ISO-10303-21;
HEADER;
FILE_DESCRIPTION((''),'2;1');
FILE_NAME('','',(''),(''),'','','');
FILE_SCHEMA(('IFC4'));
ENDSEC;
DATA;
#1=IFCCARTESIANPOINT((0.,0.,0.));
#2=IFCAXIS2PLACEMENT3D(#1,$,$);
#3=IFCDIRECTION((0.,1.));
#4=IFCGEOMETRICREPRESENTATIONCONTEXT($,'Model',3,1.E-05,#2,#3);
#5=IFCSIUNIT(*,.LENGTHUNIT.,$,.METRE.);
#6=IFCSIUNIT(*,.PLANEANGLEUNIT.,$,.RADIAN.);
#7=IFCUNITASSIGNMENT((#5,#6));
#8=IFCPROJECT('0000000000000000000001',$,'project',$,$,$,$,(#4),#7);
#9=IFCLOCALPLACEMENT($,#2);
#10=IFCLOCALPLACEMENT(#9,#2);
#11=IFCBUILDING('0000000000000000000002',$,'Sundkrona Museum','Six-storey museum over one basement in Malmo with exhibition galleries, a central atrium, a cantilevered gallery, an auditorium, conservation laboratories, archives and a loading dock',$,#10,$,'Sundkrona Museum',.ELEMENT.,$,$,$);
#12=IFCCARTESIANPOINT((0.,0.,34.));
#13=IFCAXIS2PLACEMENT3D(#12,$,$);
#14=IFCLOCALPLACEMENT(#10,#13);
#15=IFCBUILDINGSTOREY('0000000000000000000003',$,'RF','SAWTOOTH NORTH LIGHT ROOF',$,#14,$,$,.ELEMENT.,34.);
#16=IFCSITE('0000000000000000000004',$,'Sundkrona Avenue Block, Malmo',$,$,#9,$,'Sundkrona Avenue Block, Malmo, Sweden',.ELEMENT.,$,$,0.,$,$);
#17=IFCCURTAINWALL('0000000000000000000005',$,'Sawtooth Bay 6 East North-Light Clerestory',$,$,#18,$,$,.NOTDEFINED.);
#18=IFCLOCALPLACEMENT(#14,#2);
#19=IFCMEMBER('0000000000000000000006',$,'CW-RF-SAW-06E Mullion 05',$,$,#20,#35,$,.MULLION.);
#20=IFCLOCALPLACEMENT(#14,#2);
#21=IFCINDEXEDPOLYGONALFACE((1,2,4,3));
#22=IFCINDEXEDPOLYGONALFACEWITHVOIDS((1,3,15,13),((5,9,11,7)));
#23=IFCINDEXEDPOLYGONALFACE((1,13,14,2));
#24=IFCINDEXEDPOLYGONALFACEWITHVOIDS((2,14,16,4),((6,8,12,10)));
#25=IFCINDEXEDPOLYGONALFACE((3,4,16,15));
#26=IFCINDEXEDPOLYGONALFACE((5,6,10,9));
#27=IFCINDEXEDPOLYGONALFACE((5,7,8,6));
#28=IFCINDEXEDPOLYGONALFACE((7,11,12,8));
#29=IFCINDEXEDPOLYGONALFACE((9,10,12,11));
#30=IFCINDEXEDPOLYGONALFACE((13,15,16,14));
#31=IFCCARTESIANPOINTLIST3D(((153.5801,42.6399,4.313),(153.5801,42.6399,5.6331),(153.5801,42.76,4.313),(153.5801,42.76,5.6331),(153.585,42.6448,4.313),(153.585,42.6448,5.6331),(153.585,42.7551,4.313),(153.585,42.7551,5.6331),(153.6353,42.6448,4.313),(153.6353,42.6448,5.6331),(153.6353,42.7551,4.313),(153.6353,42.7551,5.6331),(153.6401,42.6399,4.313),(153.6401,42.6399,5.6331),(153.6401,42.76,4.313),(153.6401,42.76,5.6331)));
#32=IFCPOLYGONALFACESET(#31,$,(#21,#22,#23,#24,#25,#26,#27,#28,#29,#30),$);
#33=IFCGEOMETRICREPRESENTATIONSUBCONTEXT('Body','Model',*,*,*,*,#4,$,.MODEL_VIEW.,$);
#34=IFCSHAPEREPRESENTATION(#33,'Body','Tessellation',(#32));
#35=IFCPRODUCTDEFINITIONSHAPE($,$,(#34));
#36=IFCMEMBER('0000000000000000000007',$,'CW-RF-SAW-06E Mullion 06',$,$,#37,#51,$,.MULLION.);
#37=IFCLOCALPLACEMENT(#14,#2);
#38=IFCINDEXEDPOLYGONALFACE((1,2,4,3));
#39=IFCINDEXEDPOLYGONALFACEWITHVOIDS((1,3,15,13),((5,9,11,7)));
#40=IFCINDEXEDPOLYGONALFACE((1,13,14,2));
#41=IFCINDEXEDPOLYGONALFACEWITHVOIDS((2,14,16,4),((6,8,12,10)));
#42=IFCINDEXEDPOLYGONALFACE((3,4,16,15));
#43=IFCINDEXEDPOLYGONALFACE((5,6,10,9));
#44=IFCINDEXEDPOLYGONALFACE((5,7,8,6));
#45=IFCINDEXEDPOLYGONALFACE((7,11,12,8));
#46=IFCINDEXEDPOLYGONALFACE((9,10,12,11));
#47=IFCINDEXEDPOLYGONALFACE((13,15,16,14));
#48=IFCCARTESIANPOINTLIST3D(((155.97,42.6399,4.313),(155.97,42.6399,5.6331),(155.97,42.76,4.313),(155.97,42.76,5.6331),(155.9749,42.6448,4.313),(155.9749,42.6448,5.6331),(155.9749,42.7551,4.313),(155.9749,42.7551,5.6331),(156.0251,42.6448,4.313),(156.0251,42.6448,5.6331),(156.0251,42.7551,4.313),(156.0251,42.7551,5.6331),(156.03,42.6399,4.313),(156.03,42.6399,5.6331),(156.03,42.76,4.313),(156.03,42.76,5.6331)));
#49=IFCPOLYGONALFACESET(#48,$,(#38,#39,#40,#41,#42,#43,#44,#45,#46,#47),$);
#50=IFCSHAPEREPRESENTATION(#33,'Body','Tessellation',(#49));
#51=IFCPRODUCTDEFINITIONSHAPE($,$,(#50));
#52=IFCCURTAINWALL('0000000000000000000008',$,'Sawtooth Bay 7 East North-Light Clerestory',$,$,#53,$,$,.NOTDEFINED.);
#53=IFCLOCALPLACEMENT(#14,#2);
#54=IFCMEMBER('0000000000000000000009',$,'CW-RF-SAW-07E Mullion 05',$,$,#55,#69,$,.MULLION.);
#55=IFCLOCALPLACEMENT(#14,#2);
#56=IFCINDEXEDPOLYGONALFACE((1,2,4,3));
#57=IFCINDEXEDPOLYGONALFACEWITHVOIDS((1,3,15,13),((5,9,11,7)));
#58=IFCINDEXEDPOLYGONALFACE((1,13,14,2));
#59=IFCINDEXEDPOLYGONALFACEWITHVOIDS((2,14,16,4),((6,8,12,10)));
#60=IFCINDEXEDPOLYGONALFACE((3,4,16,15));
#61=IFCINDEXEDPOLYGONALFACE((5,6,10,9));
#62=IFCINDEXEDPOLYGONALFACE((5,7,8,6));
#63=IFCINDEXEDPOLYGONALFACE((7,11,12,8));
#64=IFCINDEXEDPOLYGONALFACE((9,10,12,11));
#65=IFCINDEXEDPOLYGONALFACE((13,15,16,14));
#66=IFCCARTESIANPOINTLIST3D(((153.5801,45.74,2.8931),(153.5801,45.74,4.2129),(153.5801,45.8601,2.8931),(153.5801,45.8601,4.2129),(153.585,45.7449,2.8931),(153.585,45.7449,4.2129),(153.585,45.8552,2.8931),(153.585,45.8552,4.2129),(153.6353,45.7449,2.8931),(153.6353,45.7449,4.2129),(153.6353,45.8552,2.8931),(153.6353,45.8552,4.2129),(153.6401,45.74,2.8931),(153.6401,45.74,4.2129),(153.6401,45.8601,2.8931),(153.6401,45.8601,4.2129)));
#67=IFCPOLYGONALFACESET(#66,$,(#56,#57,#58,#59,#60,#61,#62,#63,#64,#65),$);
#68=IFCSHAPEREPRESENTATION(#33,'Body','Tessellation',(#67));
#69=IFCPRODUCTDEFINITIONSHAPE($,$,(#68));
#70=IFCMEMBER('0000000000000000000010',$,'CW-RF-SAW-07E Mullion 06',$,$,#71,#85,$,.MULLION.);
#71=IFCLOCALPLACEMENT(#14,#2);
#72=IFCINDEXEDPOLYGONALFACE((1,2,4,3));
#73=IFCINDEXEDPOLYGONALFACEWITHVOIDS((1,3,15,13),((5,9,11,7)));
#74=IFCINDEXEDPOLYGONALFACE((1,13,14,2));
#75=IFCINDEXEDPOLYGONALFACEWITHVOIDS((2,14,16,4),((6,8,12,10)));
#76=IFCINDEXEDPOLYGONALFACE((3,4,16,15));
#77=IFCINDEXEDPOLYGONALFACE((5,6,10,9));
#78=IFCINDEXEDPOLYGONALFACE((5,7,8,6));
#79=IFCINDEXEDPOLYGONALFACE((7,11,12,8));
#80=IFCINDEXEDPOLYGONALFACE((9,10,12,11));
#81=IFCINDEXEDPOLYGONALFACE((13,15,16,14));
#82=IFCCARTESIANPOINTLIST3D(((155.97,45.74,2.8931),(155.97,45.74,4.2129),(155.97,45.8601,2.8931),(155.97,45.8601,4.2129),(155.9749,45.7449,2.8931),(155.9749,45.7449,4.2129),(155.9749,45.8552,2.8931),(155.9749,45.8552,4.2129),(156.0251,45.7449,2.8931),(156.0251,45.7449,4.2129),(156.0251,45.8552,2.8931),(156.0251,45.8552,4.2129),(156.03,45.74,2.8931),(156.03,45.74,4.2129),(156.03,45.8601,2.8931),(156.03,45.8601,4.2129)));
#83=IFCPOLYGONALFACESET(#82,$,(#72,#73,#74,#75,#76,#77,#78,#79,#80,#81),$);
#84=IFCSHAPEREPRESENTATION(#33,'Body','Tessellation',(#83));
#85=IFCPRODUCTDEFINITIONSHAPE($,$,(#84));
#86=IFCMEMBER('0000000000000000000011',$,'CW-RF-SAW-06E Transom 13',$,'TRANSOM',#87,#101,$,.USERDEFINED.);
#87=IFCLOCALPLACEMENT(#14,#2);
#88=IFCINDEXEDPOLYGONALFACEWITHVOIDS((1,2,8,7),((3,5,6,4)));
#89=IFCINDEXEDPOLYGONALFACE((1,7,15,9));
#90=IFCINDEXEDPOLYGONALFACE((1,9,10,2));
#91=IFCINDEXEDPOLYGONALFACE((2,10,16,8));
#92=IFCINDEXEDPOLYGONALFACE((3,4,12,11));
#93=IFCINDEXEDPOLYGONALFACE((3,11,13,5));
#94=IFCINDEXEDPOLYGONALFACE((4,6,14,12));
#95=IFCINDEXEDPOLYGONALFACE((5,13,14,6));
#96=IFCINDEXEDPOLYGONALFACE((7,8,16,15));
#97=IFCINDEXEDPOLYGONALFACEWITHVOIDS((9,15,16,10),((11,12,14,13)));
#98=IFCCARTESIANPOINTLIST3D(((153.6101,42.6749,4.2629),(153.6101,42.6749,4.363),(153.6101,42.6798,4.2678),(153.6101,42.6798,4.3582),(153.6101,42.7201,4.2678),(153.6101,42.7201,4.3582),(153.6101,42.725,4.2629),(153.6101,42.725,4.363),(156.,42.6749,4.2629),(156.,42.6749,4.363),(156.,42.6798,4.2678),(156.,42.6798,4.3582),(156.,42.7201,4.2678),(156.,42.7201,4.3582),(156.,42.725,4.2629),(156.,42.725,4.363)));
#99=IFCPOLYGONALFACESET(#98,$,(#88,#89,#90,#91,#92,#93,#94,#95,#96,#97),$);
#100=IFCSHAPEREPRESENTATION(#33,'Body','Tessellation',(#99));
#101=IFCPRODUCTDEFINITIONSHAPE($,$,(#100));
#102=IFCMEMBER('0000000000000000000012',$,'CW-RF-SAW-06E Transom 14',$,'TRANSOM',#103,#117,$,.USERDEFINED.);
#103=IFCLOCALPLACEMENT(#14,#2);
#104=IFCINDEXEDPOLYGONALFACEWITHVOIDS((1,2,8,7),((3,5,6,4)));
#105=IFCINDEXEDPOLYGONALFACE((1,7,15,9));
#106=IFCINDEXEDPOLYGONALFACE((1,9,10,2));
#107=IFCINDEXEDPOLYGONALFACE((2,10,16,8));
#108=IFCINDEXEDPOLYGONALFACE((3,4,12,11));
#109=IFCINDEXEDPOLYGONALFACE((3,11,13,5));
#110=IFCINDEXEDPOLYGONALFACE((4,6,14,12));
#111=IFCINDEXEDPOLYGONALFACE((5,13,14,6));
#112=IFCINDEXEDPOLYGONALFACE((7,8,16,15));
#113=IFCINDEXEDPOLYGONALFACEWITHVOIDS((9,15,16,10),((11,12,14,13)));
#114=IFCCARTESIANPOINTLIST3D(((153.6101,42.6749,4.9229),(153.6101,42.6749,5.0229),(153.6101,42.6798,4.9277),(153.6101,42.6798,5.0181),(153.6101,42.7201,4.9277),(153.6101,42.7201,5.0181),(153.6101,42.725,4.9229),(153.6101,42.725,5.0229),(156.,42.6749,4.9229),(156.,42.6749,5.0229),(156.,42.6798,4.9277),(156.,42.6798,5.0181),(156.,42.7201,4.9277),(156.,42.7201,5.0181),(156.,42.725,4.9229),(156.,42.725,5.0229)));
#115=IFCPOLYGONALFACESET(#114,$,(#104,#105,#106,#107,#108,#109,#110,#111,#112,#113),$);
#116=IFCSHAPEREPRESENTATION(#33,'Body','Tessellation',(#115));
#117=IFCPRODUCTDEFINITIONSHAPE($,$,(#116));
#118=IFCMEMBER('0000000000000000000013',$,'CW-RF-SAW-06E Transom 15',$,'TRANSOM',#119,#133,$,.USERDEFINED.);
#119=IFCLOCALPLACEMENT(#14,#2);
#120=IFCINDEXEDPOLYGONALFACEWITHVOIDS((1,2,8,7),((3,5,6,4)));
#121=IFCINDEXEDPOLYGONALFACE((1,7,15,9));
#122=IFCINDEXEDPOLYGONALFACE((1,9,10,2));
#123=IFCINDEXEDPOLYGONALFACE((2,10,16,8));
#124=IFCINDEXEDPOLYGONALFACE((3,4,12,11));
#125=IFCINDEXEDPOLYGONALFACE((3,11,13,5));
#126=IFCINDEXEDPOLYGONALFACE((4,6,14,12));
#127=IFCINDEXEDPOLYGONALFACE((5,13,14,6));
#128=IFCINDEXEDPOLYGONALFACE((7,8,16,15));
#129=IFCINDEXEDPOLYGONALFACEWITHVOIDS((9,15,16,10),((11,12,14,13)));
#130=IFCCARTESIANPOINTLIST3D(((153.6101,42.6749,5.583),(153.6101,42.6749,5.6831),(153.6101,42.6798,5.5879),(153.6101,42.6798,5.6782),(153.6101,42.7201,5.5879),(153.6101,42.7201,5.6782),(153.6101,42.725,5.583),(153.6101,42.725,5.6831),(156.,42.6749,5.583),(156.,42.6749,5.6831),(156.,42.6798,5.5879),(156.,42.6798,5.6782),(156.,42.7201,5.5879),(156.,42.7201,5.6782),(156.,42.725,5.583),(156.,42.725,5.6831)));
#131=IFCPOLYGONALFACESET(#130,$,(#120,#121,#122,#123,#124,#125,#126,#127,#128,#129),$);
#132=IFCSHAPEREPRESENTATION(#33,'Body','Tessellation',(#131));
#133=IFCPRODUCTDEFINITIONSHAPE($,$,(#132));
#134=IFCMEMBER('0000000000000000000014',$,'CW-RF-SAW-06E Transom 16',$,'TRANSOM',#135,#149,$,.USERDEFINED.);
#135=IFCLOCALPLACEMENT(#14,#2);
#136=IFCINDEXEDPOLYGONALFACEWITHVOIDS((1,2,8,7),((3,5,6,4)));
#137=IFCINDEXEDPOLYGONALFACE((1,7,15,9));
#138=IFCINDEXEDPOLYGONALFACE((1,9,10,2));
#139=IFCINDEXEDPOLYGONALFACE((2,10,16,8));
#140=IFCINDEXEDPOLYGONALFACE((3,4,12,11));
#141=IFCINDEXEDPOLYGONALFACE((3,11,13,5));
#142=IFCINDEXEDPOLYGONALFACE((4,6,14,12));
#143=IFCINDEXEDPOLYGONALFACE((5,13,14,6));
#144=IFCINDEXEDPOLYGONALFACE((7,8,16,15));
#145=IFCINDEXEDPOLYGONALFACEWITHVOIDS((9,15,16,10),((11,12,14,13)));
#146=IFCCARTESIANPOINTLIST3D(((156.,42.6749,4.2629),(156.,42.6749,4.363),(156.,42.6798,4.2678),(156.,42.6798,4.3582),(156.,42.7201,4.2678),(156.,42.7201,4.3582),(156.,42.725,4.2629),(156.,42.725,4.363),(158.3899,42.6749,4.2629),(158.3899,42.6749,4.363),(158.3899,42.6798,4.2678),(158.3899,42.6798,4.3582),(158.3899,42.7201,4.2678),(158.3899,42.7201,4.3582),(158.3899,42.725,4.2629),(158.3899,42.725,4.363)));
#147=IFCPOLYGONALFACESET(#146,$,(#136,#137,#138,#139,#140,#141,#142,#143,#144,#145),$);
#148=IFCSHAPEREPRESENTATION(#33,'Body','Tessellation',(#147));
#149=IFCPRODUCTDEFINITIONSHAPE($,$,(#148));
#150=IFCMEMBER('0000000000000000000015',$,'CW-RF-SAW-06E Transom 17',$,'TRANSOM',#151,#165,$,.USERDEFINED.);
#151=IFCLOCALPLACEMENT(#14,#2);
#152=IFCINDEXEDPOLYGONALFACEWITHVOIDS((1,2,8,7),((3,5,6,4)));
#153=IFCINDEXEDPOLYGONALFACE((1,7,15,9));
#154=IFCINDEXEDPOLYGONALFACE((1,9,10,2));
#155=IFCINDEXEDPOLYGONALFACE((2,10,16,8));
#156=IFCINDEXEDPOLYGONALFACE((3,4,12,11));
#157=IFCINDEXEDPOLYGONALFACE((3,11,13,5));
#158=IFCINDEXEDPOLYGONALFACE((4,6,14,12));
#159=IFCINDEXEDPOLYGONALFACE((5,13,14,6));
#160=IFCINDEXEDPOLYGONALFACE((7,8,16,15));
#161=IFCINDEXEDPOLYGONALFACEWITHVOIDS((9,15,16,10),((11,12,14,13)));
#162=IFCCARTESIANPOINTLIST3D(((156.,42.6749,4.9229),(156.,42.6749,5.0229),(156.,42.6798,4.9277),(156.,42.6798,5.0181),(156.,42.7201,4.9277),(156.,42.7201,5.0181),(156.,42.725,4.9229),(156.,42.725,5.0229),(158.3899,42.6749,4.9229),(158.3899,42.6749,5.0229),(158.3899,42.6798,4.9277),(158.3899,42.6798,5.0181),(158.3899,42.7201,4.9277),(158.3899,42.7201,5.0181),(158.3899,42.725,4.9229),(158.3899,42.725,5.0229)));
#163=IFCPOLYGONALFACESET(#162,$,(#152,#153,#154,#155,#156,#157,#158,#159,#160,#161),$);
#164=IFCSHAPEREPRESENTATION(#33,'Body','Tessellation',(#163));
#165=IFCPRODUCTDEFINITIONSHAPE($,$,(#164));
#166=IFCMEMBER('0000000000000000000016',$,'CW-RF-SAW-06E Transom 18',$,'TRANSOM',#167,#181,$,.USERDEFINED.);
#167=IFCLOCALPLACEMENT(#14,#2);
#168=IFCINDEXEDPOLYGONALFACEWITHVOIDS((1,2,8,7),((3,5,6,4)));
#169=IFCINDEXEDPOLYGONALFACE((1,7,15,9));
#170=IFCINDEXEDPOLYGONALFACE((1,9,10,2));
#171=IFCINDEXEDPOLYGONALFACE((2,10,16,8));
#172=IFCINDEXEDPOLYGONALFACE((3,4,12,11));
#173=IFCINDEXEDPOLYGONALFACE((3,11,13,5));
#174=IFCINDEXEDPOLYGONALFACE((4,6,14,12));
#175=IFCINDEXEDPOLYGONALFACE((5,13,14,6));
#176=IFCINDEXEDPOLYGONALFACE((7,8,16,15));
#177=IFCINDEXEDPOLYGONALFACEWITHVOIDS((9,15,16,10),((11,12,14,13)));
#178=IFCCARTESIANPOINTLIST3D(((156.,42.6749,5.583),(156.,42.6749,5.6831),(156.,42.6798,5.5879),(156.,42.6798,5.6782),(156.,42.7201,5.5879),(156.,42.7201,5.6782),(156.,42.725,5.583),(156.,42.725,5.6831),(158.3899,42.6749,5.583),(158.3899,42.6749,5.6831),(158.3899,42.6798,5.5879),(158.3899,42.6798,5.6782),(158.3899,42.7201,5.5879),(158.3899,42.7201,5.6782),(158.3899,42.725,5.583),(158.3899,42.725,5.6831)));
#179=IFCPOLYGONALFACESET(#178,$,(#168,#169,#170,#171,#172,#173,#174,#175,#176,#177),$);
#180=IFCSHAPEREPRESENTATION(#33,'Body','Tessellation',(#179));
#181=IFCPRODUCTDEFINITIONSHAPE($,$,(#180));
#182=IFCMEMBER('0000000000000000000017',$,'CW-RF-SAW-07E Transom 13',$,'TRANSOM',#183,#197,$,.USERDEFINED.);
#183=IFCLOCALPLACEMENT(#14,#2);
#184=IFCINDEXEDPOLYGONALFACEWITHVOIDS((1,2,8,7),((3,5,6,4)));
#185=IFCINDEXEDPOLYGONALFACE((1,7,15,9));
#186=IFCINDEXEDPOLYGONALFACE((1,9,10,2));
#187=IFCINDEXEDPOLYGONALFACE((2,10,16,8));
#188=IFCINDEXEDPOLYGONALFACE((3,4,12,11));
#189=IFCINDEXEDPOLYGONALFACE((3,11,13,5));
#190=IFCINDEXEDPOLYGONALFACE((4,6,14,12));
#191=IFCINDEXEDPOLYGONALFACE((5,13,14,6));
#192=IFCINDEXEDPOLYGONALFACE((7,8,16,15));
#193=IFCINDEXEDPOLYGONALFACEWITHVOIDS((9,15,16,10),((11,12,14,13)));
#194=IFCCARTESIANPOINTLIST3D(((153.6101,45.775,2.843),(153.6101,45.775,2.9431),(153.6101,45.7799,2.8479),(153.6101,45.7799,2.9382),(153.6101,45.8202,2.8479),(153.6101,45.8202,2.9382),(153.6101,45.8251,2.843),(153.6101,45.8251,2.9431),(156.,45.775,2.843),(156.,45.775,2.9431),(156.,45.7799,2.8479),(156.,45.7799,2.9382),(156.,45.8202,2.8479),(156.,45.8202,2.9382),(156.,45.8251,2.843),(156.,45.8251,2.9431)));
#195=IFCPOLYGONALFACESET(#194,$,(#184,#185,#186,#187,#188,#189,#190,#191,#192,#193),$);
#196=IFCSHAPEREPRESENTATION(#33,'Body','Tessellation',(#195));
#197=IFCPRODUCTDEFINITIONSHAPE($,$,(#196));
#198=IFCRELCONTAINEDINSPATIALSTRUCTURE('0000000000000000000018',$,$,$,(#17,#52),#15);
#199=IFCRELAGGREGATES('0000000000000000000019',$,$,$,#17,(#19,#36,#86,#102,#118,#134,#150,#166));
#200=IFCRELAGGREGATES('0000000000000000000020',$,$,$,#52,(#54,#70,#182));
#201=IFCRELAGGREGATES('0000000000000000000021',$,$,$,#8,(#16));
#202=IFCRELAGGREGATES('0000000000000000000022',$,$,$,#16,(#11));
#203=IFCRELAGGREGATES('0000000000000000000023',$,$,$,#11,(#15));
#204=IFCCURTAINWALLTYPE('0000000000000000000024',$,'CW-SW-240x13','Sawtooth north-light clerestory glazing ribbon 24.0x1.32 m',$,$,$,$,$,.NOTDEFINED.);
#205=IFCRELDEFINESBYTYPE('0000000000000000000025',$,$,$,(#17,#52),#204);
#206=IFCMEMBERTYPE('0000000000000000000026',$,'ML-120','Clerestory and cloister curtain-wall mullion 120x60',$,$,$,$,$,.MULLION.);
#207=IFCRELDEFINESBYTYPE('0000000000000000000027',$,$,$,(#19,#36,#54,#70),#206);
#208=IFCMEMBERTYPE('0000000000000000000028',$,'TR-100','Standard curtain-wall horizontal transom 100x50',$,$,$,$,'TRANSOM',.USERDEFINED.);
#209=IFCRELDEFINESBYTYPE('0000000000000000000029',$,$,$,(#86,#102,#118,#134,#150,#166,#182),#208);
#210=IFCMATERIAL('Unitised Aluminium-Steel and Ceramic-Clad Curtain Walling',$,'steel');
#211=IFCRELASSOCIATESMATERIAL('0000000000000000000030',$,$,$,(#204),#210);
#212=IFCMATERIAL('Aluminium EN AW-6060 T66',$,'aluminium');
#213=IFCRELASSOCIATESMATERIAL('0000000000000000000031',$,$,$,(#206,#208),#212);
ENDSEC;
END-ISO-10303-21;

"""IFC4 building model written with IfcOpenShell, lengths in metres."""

from ifc_helpers import new_model, si_unit, direction, frame, origin, origin_2d, place, context, subcontext, project, spatial, hollow_rectangle, extrude, material, material_profile, profile_set, type_object, element, aggregate, save


model = new_model("IFC4")

# Units and contexts
model_context = context("Model", 3, precision=1e-05, world=origin(), true_north=direction((0.0, 1.0)))
body_context = subcontext(model_context, "Body", "Model", "MODEL_VIEW")
ifc_project = project(units=[si_unit("LENGTHUNIT", "METRE"), si_unit("PLANEANGLEUNIT", "RADIAN")], contexts=[model_context])

# Site, building, storey
site_placement = place(None, origin())
site = spatial("IfcSite", under=ifc_project, at=site_placement, Name="Sundkrona Avenue Block, Malmo", LongName="Sundkrona Avenue Block, Malmo, Sweden", CompositionType="ELEMENT", RefElevation=0.0)
building_placement = place(site_placement, origin())
building = spatial("IfcBuilding", under=site, at=building_placement, Name="Sundkrona Museum", Description="Six-storey museum over one basement in Malmo with exhibition galleries, a central atrium, a cantilevered gallery, an auditorium, conservation laboratories, archives and a loading dock", LongName="Sundkrona Museum", CompositionType="ELEMENT")
storey_placement = place(building_placement, frame((0.0, 0.0, 34.0)))
storey = spatial("IfcBuildingStorey", under=building, at=storey_placement, Name="RF", Description="SAWTOOTH NORTH LIGHT ROOF", CompositionType="ELEMENT", Elevation=34.0)

# Curtain walls, members
ifc_material_1 = material(Name="Unitised Aluminium-Steel and Ceramic-Clad Curtain Walling", Category="steel")
curtain_wall_type = type_object("IfcCurtainWallType", Name="CW-SW-240x13", Description="Sawtooth north-light clerestory glazing ribbon 24.0x1.32 m", PredefinedType="NOTDEFINED", material=ifc_material_1)
curtain_wall_1_placement = place(storey_placement, origin())
curtain_wall_1 = element("IfcCurtainWall", 1, at=curtain_wall_1_placement, inside=storey, type_object=curtain_wall_type, Name="Sawtooth Bay 6 East North-Light Clerestory", PredefinedType="NOTDEFINED")
ifc_material_2 = material(Name="Aluminium EN AW-6060 T66", Category="aluminium")
ifc_material_profile_1 = material_profile(ifc_material_2, hollow_rectangle(XDim=0.0601, YDim=0.1201, WallThickness=0.0049, at=origin_2d()), Name="RHS 120x60x5.0")
ifc_profile_set_1 = profile_set([ifc_material_profile_1], Name="Aluminium EN AW-6060 T66")
member_type_1 = type_object("IfcMemberType", Name="ML-120", Description="Clerestory and cloister curtain-wall mullion 120x60", PredefinedType="MULLION", material=ifc_profile_set_1)
member_1_placement = place(storey_placement, frame((153.6101, 42.7, 4.313), z_axis=(0.0, 0.0, 1.0), x_axis=(1.0, 0.0, 0.0)))
member_1 = element("IfcMember", 2, at=member_1_placement, type_object=member_type_1, Name="CW-RF-SAW-06E Mullion 05", PredefinedType="MULLION", context=body_context, shape_type="SweptSolid", body=[
    extrude(hollow_rectangle(XDim=0.0601, YDim=0.1201, WallThickness=0.0049, at=origin_2d()), origin(), (0.0, 0.0, 1.0), 1.3201),
])
member_2_placement = place(storey_placement, frame((156.0, 42.7, 4.313), z_axis=(0.0, 0.0, 1.0), x_axis=(1.0, 0.0, 0.0)))
member_2 = element("IfcMember", 3, at=member_2_placement, type_object=member_type_1, Name="CW-RF-SAW-06E Mullion 06", PredefinedType="MULLION", context=body_context, shape_type="SweptSolid", body=[
    extrude(hollow_rectangle(XDim=0.0601, YDim=0.1201, WallThickness=0.0049, at=origin_2d()), origin(), (0.0, 0.0, 1.0), 1.3201),
])
curtain_wall_2_placement = place(storey_placement, origin())
curtain_wall_2 = element("IfcCurtainWall", 4, at=curtain_wall_2_placement, inside=storey, type_object=curtain_wall_type, Name="Sawtooth Bay 7 East North-Light Clerestory", PredefinedType="NOTDEFINED")
member_3_placement = place(storey_placement, frame((153.6101, 45.8, 2.8931), z_axis=(0.0, 0.0, 1.0), x_axis=(1.0, 0.0, 0.0)))
member_3 = element("IfcMember", 5, at=member_3_placement, type_object=member_type_1, Name="CW-RF-SAW-07E Mullion 05", PredefinedType="MULLION", context=body_context, shape_type="SweptSolid", body=[
    extrude(hollow_rectangle(XDim=0.0601, YDim=0.1201, WallThickness=0.0049, at=origin_2d()), origin(), (0.0, 0.0, 1.0), 1.3198),
])
member_4_placement = place(storey_placement, frame((156.0, 45.8, 2.8931), z_axis=(0.0, 0.0, 1.0), x_axis=(1.0, 0.0, 0.0)))
member_4 = element("IfcMember", 6, at=member_4_placement, type_object=member_type_1, Name="CW-RF-SAW-07E Mullion 06", PredefinedType="MULLION", context=body_context, shape_type="SweptSolid", body=[
    extrude(hollow_rectangle(XDim=0.0601, YDim=0.1201, WallThickness=0.0049, at=origin_2d()), origin(), (0.0, 0.0, 1.0), 1.3198),
])

# Members
ifc_material_profile_2 = material_profile(ifc_material_2, hollow_rectangle(XDim=0.05, YDim=0.1001, WallThickness=0.0049, at=origin_2d()), Name="RHS 100x50x5.0")
ifc_profile_set_2 = profile_set([ifc_material_profile_2], Name="Aluminium EN AW-6060 T66")
member_type_2 = type_object("IfcMemberType", Name="TR-100", Description="Standard curtain-wall horizontal transom 100x50", ElementType="TRANSOM", PredefinedType="USERDEFINED", material=ifc_profile_set_2)
member_5_placement = place(storey_placement, frame((153.6101, 42.7, 4.313), z_axis=(1.0, 0.0, 0.0), x_axis=(0.0, 1.0, 0.0)))
member_5 = element("IfcMember", 7, at=member_5_placement, type_object=member_type_2, Name="CW-RF-SAW-06E Transom 13", ObjectType="TRANSOM", PredefinedType="USERDEFINED", context=body_context, shape_type="SweptSolid", body=[
    extrude(hollow_rectangle(XDim=0.05, YDim=0.1001, WallThickness=0.0049, at=origin_2d()), origin(), (0.0, 0.0, 1.0), 2.3899),
])
member_6_placement = place(storey_placement, frame((153.6101, 42.7, 4.9729), z_axis=(1.0, 0.0, 0.0), x_axis=(0.0, 1.0, 0.0)))
member_6 = element("IfcMember", 8, at=member_6_placement, type_object=member_type_2, Name="CW-RF-SAW-06E Transom 14", ObjectType="TRANSOM", PredefinedType="USERDEFINED", context=body_context, shape_type="SweptSolid", body=[
    extrude(hollow_rectangle(XDim=0.05, YDim=0.1001, WallThickness=0.0049, at=origin_2d()), origin(), (0.0, 0.0, 1.0), 2.3899),
])
member_7_placement = place(storey_placement, frame((153.6101, 42.7, 5.6331), z_axis=(1.0, 0.0, 0.0), x_axis=(0.0, 1.0, 0.0)))
member_7 = element("IfcMember", 9, at=member_7_placement, type_object=member_type_2, Name="CW-RF-SAW-06E Transom 15", ObjectType="TRANSOM", PredefinedType="USERDEFINED", context=body_context, shape_type="SweptSolid", body=[
    extrude(hollow_rectangle(XDim=0.05, YDim=0.1001, WallThickness=0.0049, at=origin_2d()), origin(), (0.0, 0.0, 1.0), 2.3899),
])
member_8_placement = place(storey_placement, frame((156.0, 42.7, 4.313), z_axis=(1.0, 0.0, 0.0), x_axis=(0.0, 1.0, 0.0)))
member_8 = element("IfcMember", 10, at=member_8_placement, type_object=member_type_2, Name="CW-RF-SAW-06E Transom 16", ObjectType="TRANSOM", PredefinedType="USERDEFINED", context=body_context, shape_type="SweptSolid", body=[
    extrude(hollow_rectangle(XDim=0.05, YDim=0.1001, WallThickness=0.0049, at=origin_2d()), origin(), (0.0, 0.0, 1.0), 2.3899),
])
member_9_placement = place(storey_placement, frame((156.0, 42.7, 4.9729), z_axis=(1.0, 0.0, 0.0), x_axis=(0.0, 1.0, 0.0)))
member_9 = element("IfcMember", 11, at=member_9_placement, type_object=member_type_2, Name="CW-RF-SAW-06E Transom 17", ObjectType="TRANSOM", PredefinedType="USERDEFINED", context=body_context, shape_type="SweptSolid", body=[
    extrude(hollow_rectangle(XDim=0.05, YDim=0.1001, WallThickness=0.0049, at=origin_2d()), origin(), (0.0, 0.0, 1.0), 2.3899),
])
member_10_placement = place(storey_placement, frame((156.0, 42.7, 5.6331), z_axis=(1.0, 0.0, 0.0), x_axis=(0.0, 1.0, 0.0)))
member_10 = element("IfcMember", 12, at=member_10_placement, type_object=member_type_2, Name="CW-RF-SAW-06E Transom 18", ObjectType="TRANSOM", PredefinedType="USERDEFINED", context=body_context, shape_type="SweptSolid", body=[
    extrude(hollow_rectangle(XDim=0.05, YDim=0.1001, WallThickness=0.0049, at=origin_2d()), origin(), (0.0, 0.0, 1.0), 2.3899),
])
member_11_placement = place(storey_placement, frame((153.6101, 45.8, 2.8931), z_axis=(1.0, 0.0, 0.0), x_axis=(0.0, 1.0, 0.0)))
member_11 = element("IfcMember", 13, at=member_11_placement, type_object=member_type_2, Name="CW-RF-SAW-07E Transom 13", ObjectType="TRANSOM", PredefinedType="USERDEFINED", context=body_context, shape_type="SweptSolid", body=[
    extrude(hollow_rectangle(XDim=0.05, YDim=0.1001, WallThickness=0.0049, at=origin_2d()), origin(), (0.0, 0.0, 1.0), 2.3899),
])

aggregate(curtain_wall_1, [member_1, member_2, member_5, member_6, member_7, member_8, member_9, member_10])
aggregate(curtain_wall_2, [member_3, member_4, member_11])

save(model, "model.ifc")
